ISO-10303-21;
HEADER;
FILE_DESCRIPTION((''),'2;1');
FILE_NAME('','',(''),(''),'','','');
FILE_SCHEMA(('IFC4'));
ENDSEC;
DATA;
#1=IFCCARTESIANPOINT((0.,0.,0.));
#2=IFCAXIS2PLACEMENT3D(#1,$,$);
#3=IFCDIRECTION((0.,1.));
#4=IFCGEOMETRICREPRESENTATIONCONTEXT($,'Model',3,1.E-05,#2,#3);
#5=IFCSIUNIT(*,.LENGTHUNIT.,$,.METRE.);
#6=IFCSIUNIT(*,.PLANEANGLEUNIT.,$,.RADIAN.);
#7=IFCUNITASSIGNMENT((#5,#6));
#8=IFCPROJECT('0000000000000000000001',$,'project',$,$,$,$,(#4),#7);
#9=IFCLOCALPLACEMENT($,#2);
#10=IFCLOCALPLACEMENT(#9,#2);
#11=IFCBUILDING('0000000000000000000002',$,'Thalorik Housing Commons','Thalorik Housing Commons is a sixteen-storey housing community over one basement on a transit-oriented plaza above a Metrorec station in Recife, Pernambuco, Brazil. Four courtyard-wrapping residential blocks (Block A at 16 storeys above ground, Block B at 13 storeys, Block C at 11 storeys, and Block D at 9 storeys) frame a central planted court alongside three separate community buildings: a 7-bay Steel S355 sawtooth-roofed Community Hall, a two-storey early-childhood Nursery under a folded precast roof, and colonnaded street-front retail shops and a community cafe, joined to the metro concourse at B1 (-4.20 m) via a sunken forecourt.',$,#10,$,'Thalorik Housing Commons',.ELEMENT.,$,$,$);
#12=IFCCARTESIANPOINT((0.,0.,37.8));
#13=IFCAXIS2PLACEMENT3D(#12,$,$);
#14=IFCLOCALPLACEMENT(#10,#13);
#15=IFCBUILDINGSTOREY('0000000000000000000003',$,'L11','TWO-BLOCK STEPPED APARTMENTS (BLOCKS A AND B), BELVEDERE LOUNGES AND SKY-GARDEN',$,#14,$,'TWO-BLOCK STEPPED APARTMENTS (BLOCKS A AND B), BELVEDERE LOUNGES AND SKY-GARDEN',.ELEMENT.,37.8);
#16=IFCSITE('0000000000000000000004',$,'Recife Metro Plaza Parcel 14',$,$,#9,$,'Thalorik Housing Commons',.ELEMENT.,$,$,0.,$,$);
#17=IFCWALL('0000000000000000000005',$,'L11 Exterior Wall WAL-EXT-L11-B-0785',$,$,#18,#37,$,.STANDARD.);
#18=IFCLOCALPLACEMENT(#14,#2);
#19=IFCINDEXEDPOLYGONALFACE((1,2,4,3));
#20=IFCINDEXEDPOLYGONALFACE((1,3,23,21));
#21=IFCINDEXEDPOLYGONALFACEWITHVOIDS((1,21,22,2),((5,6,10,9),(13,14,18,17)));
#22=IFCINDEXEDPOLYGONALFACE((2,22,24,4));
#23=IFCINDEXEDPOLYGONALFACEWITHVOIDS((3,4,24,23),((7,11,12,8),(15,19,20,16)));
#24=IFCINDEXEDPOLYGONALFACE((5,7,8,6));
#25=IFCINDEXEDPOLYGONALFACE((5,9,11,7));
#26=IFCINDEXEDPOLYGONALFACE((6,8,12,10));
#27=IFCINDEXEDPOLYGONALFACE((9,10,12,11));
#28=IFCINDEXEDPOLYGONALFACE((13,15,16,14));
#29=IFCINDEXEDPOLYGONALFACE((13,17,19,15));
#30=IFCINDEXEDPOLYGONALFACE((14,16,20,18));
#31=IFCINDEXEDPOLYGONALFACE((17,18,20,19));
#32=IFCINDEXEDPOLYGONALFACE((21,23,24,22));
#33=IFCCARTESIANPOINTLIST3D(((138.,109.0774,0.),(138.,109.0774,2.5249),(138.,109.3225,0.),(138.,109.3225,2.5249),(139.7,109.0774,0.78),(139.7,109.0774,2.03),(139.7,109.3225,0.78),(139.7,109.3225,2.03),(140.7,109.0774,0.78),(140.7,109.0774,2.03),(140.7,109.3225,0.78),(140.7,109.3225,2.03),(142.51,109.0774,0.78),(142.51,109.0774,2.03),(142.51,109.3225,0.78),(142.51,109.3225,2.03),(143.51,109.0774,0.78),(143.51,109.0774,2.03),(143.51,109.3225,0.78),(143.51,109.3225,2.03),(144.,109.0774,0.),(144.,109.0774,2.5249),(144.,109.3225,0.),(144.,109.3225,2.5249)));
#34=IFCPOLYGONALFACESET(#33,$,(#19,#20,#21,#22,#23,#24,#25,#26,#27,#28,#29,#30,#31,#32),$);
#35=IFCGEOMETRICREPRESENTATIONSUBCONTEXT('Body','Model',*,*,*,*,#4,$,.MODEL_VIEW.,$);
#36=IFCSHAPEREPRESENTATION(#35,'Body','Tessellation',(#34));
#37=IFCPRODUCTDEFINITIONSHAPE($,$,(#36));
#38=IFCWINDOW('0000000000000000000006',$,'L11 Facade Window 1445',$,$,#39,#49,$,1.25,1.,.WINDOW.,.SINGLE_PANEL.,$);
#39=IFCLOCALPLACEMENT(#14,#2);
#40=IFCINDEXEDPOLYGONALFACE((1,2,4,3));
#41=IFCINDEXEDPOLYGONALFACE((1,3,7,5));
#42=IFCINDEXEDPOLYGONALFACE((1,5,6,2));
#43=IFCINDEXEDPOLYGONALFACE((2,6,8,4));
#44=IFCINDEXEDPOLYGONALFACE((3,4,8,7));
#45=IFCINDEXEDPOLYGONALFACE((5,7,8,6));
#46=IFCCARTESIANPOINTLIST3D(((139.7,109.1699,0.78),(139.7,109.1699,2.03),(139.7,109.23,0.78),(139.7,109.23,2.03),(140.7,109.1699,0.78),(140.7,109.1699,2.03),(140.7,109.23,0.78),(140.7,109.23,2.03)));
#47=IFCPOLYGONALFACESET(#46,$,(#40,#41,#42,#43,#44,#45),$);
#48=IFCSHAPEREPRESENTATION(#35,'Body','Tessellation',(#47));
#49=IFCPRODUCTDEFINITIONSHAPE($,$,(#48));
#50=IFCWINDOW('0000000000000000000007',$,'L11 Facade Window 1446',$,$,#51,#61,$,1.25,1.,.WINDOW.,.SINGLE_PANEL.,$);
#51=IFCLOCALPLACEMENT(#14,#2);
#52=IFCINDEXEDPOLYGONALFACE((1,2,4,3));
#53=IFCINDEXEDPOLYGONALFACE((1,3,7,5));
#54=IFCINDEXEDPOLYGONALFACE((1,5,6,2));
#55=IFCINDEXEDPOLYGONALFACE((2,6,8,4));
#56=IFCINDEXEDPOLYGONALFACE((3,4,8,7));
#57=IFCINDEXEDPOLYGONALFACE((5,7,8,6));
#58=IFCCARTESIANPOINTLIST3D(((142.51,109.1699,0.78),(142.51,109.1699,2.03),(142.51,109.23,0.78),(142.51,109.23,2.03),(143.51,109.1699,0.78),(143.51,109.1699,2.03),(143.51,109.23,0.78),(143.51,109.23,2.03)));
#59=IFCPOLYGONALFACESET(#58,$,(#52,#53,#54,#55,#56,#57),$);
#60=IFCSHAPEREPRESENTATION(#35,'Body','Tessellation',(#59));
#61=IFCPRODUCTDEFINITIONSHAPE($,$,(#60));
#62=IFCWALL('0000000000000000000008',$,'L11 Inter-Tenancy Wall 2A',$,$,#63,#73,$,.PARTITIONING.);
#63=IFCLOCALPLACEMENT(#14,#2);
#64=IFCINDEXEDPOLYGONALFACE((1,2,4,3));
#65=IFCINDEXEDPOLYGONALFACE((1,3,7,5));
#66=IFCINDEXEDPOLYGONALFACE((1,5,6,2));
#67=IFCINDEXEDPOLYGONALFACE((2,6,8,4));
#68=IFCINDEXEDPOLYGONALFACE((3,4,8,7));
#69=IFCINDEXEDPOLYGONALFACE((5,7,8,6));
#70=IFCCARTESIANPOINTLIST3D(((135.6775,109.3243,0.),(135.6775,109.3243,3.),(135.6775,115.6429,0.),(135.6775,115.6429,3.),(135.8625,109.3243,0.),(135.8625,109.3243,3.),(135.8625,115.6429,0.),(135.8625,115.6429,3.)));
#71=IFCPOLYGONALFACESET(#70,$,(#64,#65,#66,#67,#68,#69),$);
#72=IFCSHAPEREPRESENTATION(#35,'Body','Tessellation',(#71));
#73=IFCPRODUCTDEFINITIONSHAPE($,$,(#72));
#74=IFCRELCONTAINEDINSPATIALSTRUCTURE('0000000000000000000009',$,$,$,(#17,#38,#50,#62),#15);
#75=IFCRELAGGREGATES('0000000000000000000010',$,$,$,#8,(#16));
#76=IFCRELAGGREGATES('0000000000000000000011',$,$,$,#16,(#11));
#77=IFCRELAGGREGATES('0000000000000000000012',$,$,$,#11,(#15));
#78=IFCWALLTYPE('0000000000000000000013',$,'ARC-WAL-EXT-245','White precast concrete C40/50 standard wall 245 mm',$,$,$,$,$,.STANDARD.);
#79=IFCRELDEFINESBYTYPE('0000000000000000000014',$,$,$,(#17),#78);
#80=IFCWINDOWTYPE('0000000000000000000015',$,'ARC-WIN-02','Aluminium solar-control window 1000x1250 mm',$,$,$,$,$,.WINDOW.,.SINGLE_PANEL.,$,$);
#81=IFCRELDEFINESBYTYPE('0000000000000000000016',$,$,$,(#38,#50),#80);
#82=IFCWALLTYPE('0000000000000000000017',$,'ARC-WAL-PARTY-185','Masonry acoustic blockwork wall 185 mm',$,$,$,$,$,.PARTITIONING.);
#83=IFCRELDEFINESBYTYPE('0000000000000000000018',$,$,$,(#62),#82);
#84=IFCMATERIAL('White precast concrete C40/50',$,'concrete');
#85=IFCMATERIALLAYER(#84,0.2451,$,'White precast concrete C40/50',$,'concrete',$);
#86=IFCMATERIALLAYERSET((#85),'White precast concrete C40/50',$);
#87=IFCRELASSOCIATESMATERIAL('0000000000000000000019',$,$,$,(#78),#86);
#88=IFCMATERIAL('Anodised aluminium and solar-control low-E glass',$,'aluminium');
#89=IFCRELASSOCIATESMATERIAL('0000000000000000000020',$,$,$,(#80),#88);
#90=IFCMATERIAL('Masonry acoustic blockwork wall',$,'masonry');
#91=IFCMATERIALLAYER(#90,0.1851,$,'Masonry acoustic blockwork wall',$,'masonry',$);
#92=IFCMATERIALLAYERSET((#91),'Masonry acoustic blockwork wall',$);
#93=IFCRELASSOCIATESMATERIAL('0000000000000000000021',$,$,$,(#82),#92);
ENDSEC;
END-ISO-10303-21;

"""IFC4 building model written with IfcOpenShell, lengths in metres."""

from ifc_helpers import new_model, si_unit, direction, frame, frame_2d, origin, place, context, subcontext, project, spatial, rectangle, extrude, material, layer, layer_set, type_object, element, fill, save


model = new_model("IFC4")

# Units and contexts
model_context = context("Model", 3, precision=1e-05, world=origin(), true_north=direction((0.0, 1.0)))
body_context = subcontext(model_context, "Body", "Model", "MODEL_VIEW")
ifc_project = project(units=[si_unit("LENGTHUNIT", "METRE"), si_unit("PLANEANGLEUNIT", "RADIAN")], contexts=[model_context])

# Site, building, storey
site_placement = place(None, origin())
site = spatial("IfcSite", under=ifc_project, at=site_placement, Name="Recife Metro Plaza Parcel 14", LongName="Thalorik Housing Commons", CompositionType="ELEMENT", RefElevation=0.0)
building_placement = place(site_placement, origin())
building = spatial("IfcBuilding", under=site, at=building_placement, Name="Thalorik Housing Commons", Description="Thalorik Housing Commons is a sixteen-storey housing community over one basement on a transit-oriented plaza above a Metrorec station in Recife, Pernambuco, Brazil. Four courtyard-wrapping residential blocks (Block A at 16 storeys above ground, Block B at 13 storeys, Block C at 11 storeys, and Block D at 9 storeys) frame a central planted court alongside three separate community buildings: a 7-bay Steel S355 sawtooth-roofed Community Hall, a two-storey early-childhood Nursery under a folded precast roof, and colonnaded street-front retail shops and a community cafe, joined to the metro concourse at B1 (-4.20 m) via a sunken forecourt.", LongName="Thalorik Housing Commons", CompositionType="ELEMENT")
storey_placement = place(building_placement, frame((0.0, 0.0, 37.8)))
storey = spatial("IfcBuildingStorey", under=building, at=storey_placement, Name="L11", Description="TWO-BLOCK STEPPED APARTMENTS (BLOCKS A AND B), BELVEDERE LOUNGES AND SKY-GARDEN", LongName="TWO-BLOCK STEPPED APARTMENTS (BLOCKS A AND B), BELVEDERE LOUNGES AND SKY-GARDEN", CompositionType="ELEMENT", Elevation=37.8)

# Wall, openings, windows
ifc_material_1 = material(Name="White precast concrete C40/50", Category="concrete")
ifc_layer_1 = layer(ifc_material_1, 0.2451, Name="White precast concrete C40/50", Category="concrete")
ifc_layer_set_1 = layer_set([ifc_layer_1], Name="White precast concrete C40/50")
wall_type_1 = type_object("IfcWallType", Name="ARC-WAL-EXT-245", Description="White precast concrete C40/50 standard wall 245 mm", PredefinedType="STANDARD", material=ifc_layer_set_1)
ifc_material_2 = material(Name="Anodised aluminium and solar-control low-E glass", Category="aluminium")
window_type_1 = type_object("IfcWindowType", Name="ARC-WIN-02", Description="Aluminium solar-control window 1000x1250 mm", PartitioningType="SINGLE_PANEL", PredefinedType="WINDOW", material=ifc_material_2)
wall_1_placement = place(storey_placement, frame((138.0, 109.2, 0.0), z_axis=(0.0, 0.0, 1.0), x_axis=(1.0, 0.0, 0.0)))
wall_1 = element("IfcWall", 1, at=wall_1_placement, inside=storey, type_object=wall_type_1, Name="L11 Exterior Wall WAL-EXT-L11-B-0785", PredefinedType="STANDARD", context=body_context, shape_type="SweptSolid", body=[
    extrude(rectangle(XDim=6.0, YDim=0.2451, at=frame_2d((3.0, 0.0))), origin(), (0.0, 0.0, 1.0), 2.5249),
])
opening_1_placement = place(wall_1_placement, frame((1.7, 0.0, 0.78)))
opening_1 = element("IfcOpeningElement", 2, at=opening_1_placement, cuts=wall_1, PredefinedType="OPENING", context=body_context, shape_type="SweptSolid", body=[
    extrude(rectangle(XDim=1.0, YDim=1.25, at=frame_2d((0.5, 0.625))), frame((0.0, 0.1326, 0.0), z_axis=(0.0, -1.0, 0.0), x_axis=(1.0, 0.0, 0.0)), (0.0, 0.0, 1.0), 0.2651),
])
opening_2_placement = place(wall_1_placement, frame((4.51, 0.0, 0.78)))
opening_2 = element("IfcOpeningElement", 3, at=opening_2_placement, cuts=wall_1, PredefinedType="OPENING", context=body_context, shape_type="SweptSolid", body=[
    extrude(rectangle(XDim=1.0, YDim=1.25, at=frame_2d((0.5, 0.625))), frame((0.0, 0.1326, 0.0), z_axis=(0.0, -1.0, 0.0), x_axis=(1.0, 0.0, 0.0)), (0.0, 0.0, 1.0), 0.2651),
])
window_1_placement = place(opening_1_placement, origin())
window_1 = element("IfcWindow", 4, at=window_1_placement, inside=storey, type_object=window_type_1, Name="L11 Facade Window 1445", OverallHeight=1.25, OverallWidth=1.0, PartitioningType="SINGLE_PANEL", PredefinedType="WINDOW", context=body_context, shape_type="SweptSolid", body=[
    extrude(rectangle(XDim=1.0, YDim=1.25, at=frame_2d((0.5, 0.625))), frame((0.0, 0.03, 0.0), z_axis=(0.0, -1.0, 0.0), x_axis=(1.0, 0.0, 0.0)), (0.0, 0.0, 1.0), 0.0601),
])
fill(opening_1, window_1)
window_2_placement = place(opening_2_placement, origin())
window_2 = element("IfcWindow", 5, at=window_2_placement, inside=storey, type_object=window_type_1, Name="L11 Facade Window 1446", OverallHeight=1.25, OverallWidth=1.0, PartitioningType="SINGLE_PANEL", PredefinedType="WINDOW", context=body_context, shape_type="SweptSolid", body=[
    extrude(rectangle(XDim=1.0, YDim=1.25, at=frame_2d((0.5, 0.625))), frame((0.0, 0.03, 0.0), z_axis=(0.0, -1.0, 0.0), x_axis=(1.0, 0.0, 0.0)), (0.0, 0.0, 1.0), 0.0601),
])
fill(opening_2, window_2)

# Wall
ifc_material_3 = material(Name="Masonry acoustic blockwork wall", Category="masonry")
ifc_layer_2 = layer(ifc_material_3, 0.1851, Name="Masonry acoustic blockwork wall", Category="masonry")
ifc_layer_set_2 = layer_set([ifc_layer_2], Name="Masonry acoustic blockwork wall")
wall_type_2 = type_object("IfcWallType", Name="ARC-WAL-PARTY-185", Description="Masonry acoustic blockwork wall 185 mm", PredefinedType="PARTITIONING", material=ifc_layer_set_2)
wall_2_placement = place(storey_placement, frame((135.77, 109.3245, 0.0), z_axis=(0.0, 0.0, 1.0), x_axis=(0.0, 1.0, 0.0)))
element("IfcWall", 6, at=wall_2_placement, inside=storey, type_object=wall_type_2, Name="L11 Inter-Tenancy Wall 2A", PredefinedType="PARTITIONING", context=body_context, shape_type="SweptSolid", body=[
    extrude(rectangle(XDim=6.3186, YDim=0.1851, at=frame_2d((3.1592, 0.0))), origin(), (0.0, 0.0, 1.0), 3.0),
])

save(model, "model.ifc")
